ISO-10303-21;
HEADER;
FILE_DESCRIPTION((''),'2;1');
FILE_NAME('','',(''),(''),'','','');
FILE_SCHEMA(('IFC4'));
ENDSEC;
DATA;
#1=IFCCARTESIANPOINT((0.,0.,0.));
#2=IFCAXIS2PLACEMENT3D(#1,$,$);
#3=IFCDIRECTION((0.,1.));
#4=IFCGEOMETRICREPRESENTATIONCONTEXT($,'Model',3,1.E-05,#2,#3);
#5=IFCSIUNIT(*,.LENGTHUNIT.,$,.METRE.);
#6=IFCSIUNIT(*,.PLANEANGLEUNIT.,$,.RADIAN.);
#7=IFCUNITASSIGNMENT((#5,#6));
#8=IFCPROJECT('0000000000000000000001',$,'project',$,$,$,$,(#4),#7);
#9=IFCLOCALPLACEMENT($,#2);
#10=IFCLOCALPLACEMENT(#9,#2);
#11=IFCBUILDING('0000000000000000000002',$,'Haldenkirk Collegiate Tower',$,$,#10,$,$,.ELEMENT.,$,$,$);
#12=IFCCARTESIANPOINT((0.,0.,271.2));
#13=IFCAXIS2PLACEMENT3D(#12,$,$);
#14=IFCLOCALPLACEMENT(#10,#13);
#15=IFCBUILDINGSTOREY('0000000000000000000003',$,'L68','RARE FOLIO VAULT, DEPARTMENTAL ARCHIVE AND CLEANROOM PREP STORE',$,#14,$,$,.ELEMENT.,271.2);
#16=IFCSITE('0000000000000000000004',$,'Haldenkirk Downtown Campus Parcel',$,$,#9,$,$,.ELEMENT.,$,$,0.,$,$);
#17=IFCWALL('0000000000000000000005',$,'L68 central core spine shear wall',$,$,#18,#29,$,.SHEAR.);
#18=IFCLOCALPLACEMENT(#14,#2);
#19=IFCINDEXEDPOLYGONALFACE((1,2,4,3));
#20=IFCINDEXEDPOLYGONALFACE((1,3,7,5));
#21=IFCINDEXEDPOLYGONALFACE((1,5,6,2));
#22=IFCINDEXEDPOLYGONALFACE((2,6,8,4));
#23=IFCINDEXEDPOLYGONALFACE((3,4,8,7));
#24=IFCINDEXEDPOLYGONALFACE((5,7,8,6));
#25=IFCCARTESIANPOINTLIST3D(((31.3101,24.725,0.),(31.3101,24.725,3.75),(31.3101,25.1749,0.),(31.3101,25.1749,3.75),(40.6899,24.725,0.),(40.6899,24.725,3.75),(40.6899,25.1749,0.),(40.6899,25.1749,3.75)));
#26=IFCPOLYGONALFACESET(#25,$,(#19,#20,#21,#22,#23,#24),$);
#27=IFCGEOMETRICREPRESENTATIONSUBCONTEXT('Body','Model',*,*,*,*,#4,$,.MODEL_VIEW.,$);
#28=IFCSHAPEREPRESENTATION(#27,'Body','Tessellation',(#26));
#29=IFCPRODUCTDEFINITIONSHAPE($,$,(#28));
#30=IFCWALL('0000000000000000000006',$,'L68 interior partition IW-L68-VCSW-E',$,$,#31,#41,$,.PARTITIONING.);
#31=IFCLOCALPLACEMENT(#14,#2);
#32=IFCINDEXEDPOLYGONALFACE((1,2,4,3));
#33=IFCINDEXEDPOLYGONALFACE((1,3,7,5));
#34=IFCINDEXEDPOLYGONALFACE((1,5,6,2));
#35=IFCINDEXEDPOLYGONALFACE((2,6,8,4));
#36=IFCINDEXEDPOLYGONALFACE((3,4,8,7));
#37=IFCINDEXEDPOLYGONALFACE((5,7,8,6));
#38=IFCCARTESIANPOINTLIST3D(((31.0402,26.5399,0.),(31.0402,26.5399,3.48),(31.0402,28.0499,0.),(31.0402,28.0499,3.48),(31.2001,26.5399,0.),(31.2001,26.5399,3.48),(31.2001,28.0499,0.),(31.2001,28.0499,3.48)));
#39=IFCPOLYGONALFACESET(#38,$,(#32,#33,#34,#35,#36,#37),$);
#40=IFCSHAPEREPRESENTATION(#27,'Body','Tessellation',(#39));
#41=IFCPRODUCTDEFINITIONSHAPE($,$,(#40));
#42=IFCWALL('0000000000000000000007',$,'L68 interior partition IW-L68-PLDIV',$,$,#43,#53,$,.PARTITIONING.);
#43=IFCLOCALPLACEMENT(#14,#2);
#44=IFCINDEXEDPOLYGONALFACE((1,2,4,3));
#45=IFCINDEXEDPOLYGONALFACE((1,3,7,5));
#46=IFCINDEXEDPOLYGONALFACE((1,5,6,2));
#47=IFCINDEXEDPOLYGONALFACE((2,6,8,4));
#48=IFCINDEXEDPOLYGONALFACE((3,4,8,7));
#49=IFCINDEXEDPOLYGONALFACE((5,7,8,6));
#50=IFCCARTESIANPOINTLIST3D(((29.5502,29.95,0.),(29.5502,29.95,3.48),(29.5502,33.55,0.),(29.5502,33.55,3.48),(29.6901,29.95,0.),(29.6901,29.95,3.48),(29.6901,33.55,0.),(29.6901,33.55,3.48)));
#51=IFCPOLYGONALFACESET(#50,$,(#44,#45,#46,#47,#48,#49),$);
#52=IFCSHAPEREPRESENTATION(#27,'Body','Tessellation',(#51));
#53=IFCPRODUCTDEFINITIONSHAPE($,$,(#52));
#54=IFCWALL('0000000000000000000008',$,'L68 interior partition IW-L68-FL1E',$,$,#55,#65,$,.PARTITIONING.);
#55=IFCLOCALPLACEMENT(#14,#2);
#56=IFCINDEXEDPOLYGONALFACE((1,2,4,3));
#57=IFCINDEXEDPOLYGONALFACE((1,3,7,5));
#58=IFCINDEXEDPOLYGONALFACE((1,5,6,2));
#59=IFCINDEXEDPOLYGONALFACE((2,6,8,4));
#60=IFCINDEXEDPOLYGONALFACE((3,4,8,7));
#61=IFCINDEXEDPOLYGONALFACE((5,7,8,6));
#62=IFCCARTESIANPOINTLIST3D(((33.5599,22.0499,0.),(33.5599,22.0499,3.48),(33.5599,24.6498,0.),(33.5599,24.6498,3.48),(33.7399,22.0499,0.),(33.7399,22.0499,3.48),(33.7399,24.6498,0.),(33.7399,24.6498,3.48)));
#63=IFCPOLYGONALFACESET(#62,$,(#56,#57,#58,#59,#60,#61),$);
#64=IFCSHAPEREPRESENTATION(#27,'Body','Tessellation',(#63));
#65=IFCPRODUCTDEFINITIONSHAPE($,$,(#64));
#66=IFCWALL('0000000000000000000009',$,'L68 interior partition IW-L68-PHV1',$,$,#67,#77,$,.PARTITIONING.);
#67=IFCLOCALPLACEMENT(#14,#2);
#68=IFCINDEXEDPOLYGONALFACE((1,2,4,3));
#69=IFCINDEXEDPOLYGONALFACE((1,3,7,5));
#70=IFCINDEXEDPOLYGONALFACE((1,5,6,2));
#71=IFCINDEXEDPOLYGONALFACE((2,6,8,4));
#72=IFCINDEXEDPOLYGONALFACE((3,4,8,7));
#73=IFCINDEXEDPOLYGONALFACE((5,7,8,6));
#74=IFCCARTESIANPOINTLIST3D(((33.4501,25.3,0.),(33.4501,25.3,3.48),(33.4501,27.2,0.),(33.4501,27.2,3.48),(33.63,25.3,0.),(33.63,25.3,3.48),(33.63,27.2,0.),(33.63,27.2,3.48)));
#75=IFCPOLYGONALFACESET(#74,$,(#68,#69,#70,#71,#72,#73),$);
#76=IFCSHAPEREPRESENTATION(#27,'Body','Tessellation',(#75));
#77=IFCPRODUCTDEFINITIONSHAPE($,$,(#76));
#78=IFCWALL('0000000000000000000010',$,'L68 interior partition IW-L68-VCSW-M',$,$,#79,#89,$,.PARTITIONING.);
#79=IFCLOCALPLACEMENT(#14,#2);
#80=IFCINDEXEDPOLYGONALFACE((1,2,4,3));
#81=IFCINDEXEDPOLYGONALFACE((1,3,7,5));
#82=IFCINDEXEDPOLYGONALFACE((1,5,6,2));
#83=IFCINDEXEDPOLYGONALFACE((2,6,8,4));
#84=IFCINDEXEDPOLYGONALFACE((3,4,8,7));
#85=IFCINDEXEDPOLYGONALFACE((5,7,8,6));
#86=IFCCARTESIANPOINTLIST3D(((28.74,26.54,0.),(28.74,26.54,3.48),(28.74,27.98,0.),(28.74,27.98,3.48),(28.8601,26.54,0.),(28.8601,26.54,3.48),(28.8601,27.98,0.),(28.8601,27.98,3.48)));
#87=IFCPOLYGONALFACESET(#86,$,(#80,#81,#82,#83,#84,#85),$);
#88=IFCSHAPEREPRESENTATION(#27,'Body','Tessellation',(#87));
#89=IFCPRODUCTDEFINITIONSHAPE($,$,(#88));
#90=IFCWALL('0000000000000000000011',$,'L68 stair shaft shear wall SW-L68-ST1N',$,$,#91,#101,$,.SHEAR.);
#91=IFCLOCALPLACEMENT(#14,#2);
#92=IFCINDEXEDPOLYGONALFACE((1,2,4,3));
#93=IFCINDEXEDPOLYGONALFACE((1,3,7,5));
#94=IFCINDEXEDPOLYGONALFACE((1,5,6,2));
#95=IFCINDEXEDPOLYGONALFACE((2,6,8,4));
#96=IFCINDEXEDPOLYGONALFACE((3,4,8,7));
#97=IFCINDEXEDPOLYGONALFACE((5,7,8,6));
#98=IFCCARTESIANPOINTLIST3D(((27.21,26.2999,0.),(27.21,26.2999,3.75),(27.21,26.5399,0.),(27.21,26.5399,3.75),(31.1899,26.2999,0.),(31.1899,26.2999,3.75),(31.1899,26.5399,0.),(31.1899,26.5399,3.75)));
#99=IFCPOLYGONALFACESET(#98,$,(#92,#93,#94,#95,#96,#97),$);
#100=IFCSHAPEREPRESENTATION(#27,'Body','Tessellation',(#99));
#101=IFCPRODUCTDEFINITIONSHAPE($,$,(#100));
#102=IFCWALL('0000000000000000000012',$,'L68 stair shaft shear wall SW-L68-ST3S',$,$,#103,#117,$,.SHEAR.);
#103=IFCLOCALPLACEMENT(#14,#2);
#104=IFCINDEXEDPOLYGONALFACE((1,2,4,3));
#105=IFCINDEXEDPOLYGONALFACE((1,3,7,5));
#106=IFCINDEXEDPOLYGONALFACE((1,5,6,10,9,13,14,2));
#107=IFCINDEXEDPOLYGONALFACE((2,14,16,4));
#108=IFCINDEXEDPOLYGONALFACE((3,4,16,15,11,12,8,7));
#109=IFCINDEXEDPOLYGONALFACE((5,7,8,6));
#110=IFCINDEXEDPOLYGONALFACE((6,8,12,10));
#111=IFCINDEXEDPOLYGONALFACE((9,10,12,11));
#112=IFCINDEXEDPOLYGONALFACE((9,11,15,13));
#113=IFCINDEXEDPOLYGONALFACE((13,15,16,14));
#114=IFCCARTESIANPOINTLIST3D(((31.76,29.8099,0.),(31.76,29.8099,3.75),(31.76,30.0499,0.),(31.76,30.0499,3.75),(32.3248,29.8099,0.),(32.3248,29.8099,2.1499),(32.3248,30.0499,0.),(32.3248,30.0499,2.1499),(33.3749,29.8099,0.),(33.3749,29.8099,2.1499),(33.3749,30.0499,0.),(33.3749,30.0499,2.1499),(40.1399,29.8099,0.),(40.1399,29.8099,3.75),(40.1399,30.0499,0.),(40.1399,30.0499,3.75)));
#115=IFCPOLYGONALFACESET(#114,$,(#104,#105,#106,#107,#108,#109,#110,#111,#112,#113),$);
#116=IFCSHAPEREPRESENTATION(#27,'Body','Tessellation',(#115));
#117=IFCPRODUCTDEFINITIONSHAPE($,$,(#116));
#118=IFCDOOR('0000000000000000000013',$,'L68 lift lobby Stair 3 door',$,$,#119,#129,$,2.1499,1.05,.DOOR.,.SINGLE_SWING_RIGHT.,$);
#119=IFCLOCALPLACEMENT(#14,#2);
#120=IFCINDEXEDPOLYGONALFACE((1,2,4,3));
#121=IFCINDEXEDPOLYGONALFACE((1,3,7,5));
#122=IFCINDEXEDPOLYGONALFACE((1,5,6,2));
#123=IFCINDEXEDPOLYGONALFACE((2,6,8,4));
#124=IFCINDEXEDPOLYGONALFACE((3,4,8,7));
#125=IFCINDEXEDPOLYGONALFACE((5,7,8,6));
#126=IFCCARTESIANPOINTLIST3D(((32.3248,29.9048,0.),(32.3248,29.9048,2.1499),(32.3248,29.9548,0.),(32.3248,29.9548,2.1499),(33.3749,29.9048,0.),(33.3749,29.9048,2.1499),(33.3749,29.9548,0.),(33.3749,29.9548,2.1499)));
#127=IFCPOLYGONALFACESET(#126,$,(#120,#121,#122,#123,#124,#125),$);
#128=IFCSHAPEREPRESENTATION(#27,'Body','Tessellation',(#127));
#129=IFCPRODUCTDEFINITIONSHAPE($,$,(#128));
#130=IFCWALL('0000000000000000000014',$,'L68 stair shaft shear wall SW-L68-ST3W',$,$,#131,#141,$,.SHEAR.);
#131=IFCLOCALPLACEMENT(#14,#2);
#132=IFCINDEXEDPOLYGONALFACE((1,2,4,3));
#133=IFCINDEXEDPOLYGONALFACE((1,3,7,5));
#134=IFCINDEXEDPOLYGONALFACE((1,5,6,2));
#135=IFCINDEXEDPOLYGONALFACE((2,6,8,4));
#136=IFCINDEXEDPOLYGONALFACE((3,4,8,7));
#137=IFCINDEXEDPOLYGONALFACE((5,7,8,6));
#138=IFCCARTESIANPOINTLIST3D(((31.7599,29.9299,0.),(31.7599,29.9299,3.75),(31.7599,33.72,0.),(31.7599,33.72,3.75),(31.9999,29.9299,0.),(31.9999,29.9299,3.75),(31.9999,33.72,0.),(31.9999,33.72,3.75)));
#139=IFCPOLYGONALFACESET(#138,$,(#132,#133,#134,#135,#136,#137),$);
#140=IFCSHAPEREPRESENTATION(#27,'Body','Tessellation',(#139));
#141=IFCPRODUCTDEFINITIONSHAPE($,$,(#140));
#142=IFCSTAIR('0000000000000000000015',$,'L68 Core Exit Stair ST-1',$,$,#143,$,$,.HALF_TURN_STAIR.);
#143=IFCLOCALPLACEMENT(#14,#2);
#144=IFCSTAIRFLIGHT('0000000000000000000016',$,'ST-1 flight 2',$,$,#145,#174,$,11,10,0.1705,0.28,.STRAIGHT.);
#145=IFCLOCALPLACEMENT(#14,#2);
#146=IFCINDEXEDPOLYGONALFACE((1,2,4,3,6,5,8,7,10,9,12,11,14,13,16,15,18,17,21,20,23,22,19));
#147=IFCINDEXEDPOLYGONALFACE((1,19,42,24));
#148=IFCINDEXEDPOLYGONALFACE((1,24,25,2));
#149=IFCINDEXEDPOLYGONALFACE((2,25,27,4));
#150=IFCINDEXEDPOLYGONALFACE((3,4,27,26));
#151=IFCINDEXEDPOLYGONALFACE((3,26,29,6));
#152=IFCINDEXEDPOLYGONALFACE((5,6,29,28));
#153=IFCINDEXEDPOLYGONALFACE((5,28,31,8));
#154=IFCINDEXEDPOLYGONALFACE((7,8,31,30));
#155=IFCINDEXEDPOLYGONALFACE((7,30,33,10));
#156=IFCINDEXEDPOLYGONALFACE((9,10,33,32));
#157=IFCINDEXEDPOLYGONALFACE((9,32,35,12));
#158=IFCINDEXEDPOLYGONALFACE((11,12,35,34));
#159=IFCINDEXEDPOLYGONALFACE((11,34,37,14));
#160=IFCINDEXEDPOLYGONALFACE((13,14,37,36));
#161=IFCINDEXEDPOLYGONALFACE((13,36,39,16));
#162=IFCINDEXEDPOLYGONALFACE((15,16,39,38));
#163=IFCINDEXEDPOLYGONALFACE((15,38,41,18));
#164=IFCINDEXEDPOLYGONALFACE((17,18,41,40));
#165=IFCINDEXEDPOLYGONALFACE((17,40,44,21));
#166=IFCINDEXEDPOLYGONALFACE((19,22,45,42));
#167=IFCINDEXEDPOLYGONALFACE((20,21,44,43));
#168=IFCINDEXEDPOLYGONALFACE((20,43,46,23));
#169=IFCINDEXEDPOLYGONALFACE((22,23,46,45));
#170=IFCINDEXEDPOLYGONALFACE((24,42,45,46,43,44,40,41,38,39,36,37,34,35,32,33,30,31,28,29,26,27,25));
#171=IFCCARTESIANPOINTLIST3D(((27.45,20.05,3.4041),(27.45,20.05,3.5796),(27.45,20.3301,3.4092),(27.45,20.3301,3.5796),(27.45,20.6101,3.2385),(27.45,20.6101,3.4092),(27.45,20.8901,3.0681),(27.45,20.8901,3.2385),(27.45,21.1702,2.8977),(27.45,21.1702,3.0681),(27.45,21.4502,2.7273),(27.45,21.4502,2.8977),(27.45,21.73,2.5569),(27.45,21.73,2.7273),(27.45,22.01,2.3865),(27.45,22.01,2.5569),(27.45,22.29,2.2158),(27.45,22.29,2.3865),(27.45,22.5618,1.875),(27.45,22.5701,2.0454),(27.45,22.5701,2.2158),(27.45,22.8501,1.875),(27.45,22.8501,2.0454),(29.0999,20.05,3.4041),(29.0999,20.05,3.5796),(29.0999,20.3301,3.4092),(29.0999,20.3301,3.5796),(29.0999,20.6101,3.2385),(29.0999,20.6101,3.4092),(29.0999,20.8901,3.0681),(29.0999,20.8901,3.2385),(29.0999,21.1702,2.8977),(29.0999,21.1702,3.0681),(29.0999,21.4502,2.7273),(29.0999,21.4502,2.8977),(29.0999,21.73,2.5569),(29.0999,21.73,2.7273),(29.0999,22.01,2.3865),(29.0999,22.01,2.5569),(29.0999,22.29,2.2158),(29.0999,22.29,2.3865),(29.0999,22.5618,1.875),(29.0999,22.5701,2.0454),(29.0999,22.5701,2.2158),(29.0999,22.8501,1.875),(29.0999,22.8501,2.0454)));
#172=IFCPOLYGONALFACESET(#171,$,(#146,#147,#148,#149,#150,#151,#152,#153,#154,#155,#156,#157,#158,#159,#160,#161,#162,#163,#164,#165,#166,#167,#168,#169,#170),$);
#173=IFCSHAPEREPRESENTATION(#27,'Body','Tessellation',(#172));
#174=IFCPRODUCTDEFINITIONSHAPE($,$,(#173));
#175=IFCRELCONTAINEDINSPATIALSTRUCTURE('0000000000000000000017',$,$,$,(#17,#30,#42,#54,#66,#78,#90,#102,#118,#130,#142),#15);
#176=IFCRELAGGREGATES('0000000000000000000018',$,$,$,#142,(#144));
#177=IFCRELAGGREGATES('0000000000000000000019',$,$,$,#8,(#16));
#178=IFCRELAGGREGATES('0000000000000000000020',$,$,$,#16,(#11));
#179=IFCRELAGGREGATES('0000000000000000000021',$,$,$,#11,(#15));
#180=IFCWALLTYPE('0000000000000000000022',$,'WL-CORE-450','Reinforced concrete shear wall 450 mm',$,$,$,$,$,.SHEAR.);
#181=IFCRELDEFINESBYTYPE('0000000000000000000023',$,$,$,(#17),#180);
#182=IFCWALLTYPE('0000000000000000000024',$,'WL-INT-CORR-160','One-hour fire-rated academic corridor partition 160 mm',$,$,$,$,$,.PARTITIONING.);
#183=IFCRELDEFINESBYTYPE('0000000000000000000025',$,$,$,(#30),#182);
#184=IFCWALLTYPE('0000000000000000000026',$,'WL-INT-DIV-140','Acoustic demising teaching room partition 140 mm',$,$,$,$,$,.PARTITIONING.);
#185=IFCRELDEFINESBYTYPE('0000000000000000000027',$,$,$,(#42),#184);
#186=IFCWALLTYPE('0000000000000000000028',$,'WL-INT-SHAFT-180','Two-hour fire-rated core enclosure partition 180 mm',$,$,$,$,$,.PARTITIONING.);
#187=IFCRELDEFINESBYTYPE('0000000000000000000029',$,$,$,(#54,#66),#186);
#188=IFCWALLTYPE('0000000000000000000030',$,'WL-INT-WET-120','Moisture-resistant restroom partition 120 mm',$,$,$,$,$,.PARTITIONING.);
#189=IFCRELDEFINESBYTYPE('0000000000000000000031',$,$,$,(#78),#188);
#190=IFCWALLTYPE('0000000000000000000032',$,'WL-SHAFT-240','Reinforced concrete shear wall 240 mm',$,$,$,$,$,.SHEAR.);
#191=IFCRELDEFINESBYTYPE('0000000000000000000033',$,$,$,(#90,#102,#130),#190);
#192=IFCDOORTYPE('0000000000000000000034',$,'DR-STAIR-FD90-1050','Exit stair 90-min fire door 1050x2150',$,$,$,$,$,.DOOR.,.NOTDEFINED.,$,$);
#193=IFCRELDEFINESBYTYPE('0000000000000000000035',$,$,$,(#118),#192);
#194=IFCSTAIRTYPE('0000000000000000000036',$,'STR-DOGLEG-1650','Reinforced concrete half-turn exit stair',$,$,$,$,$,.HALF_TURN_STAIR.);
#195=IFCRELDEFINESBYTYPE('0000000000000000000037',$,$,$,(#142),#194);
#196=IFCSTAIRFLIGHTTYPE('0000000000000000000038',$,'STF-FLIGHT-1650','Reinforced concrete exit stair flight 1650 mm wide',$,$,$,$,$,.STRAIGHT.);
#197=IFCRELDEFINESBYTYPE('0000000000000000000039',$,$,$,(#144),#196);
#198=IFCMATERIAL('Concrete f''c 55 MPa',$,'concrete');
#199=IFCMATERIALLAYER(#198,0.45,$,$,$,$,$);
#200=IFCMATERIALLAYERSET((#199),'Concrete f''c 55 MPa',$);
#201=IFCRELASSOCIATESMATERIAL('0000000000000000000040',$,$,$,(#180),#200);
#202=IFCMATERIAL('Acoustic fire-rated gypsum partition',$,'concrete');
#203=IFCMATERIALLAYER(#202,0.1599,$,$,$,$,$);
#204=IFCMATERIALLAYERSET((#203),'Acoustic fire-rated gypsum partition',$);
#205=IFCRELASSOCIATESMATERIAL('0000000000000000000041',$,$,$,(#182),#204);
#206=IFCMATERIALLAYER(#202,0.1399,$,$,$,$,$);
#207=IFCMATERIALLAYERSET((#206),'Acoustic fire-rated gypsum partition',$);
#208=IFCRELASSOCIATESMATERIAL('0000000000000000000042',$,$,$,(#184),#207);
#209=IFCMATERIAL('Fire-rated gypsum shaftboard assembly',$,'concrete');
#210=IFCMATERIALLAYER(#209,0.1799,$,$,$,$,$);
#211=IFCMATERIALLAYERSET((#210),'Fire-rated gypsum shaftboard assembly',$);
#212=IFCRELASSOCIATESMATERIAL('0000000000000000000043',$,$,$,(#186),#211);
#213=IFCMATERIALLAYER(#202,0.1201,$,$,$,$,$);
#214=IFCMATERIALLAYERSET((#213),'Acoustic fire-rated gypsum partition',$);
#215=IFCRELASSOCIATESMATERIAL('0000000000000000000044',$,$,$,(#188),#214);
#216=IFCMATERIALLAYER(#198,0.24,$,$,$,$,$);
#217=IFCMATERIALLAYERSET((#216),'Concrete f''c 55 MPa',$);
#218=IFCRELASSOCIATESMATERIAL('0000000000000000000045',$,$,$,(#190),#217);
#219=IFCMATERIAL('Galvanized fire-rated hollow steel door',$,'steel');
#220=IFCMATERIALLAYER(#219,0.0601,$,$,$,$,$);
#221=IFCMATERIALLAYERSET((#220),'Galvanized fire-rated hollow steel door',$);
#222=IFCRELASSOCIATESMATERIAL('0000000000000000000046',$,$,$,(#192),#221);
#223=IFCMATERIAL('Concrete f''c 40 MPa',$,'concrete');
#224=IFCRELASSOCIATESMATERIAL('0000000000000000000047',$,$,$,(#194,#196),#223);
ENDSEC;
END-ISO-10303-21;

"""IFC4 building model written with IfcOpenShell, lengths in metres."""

from ifc_helpers import new_model, si_unit, direction, frame, frame_2d, origin, place, context, subcontext, project, spatial, polyline, rectangle, outline, extrude, material, layer, layer_set, type_object, element, fill, aggregate, save


model = new_model("IFC4")

# Units and contexts
model_context = context("Model", 3, precision=1e-05, world=origin(), true_north=direction((0.0, 1.0)))
body_context = subcontext(model_context, "Body", "Model", "MODEL_VIEW")
ifc_project = project(units=[si_unit("LENGTHUNIT", "METRE"), si_unit("PLANEANGLEUNIT", "RADIAN")], contexts=[model_context])

# Site, building, storey
site_placement = place(None, origin())
site = spatial("IfcSite", under=ifc_project, at=site_placement, Name="Haldenkirk Downtown Campus Parcel", CompositionType="ELEMENT", RefElevation=0.0)
building_placement = place(site_placement, origin())
building = spatial("IfcBuilding", under=site, at=building_placement, Name="Haldenkirk Collegiate Tower", CompositionType="ELEMENT")
storey_placement = place(building_placement, frame((0.0, 0.0, 271.2)))
storey = spatial("IfcBuildingStorey", under=building, at=storey_placement, Name="L68", Description="RARE FOLIO VAULT, DEPARTMENTAL ARCHIVE AND CLEANROOM PREP STORE", CompositionType="ELEMENT", Elevation=271.2)

# Wall
ifc_material_1 = material(Name="Concrete f'c 55 MPa", Category="concrete")
ifc_layer_1 = layer(ifc_material_1, 0.45)
ifc_layer_set_1 = layer_set([ifc_layer_1], Name="Concrete f'c 55 MPa")
wall_type_1 = type_object("IfcWallType", Name="WL-CORE-450", Description="Reinforced concrete shear wall 450 mm", PredefinedType="SHEAR", material=ifc_layer_set_1)
wall_1_placement = place(storey_placement, frame((31.3101, 24.95, 0.0), z_axis=(0.0, 0.0, 1.0), x_axis=(1.0, 0.0, 0.0)))
element("IfcWall", 1, at=wall_1_placement, inside=storey, type_object=wall_type_1, Name="L68 central core spine shear wall", PredefinedType="SHEAR", context=body_context, shape_type="SweptSolid", body=[
    extrude(rectangle(XDim=9.3799, YDim=0.45, at=frame_2d((4.6899, 0.0))), origin(), (0.0, 0.0, 1.0), 3.75),
])

# Shared definitions
ifc_material_2 = material(Name="Acoustic fire-rated gypsum partition", Category="concrete")
ifc_layer_2 = layer(ifc_material_2, 0.1599)
ifc_layer_set_2 = layer_set([ifc_layer_2], Name="Acoustic fire-rated gypsum partition")
wall_type_2 = type_object("IfcWallType", Name="WL-INT-CORR-160", Description="One-hour fire-rated academic corridor partition 160 mm", PredefinedType="PARTITIONING", material=ifc_layer_set_2)

# Wall
wall_2_placement = place(storey_placement, frame((31.1201, 26.54, 0.0), z_axis=(0.0, 0.0, 1.0), x_axis=(0.0, 1.0, 0.0)))
element("IfcWall", 2, at=wall_2_placement, inside=storey, type_object=wall_type_2, Name="L68 interior partition IW-L68-VCSW-E", PredefinedType="PARTITIONING", context=body_context, shape_type="SweptSolid", body=[
    extrude(rectangle(XDim=1.51, YDim=0.1599, at=frame_2d((0.7549, 0.0))), origin(), (0.0, 0.0, 1.0), 3.48),
])

# Walls
ifc_layer_3 = layer(ifc_material_2, 0.1399)
ifc_layer_set_3 = layer_set([ifc_layer_3], Name="Acoustic fire-rated gypsum partition")
wall_type_3 = type_object("IfcWallType", Name="WL-INT-DIV-140", Description="Acoustic demising teaching room partition 140 mm", PredefinedType="PARTITIONING", material=ifc_layer_set_3)
wall_3_placement = place(storey_placement, frame((29.6201, 29.95, 0.0), z_axis=(0.0, 0.0, 1.0), x_axis=(0.0, 1.0, 0.0)))
element("IfcWall", 3, at=wall_3_placement, inside=storey, type_object=wall_type_3, Name="L68 interior partition IW-L68-PLDIV", PredefinedType="PARTITIONING", context=body_context, shape_type="SweptSolid", body=[
    extrude(rectangle(XDim=3.6001, YDim=0.1399, at=frame_2d((1.8, 0.0))), origin(), (0.0, 0.0, 1.0), 3.48),
])
ifc_material_3 = material(Name="Fire-rated gypsum shaftboard assembly", Category="concrete")
ifc_layer_4 = layer(ifc_material_3, 0.1799)
ifc_layer_set_4 = layer_set([ifc_layer_4], Name="Fire-rated gypsum shaftboard assembly")
wall_type_4 = type_object("IfcWallType", Name="WL-INT-SHAFT-180", Description="Two-hour fire-rated core enclosure partition 180 mm", PredefinedType="PARTITIONING", material=ifc_layer_set_4)
wall_4_placement = place(storey_placement, frame((33.6499, 22.05, 0.0), z_axis=(0.0, 0.0, 1.0), x_axis=(0.0, 1.0, 0.0)))
element("IfcWall", 4, at=wall_4_placement, inside=storey, type_object=wall_type_4, Name="L68 interior partition IW-L68-FL1E", PredefinedType="PARTITIONING", context=body_context, shape_type="SweptSolid", body=[
    extrude(rectangle(XDim=2.5999, YDim=0.1799, at=frame_2d((1.2998, 0.0))), origin(), (0.0, 0.0, 1.0), 3.48),
])

# Wall
wall_5_placement = place(storey_placement, frame((33.54, 25.3, 0.0), z_axis=(0.0, 0.0, 1.0), x_axis=(0.0, 1.0, 0.0)))
element("IfcWall", 5, at=wall_5_placement, inside=storey, type_object=wall_type_4, Name="L68 interior partition IW-L68-PHV1", PredefinedType="PARTITIONING", context=body_context, shape_type="SweptSolid", body=[
    extrude(rectangle(XDim=1.8999, YDim=0.1799, at=frame_2d((0.95, 0.0))), origin(), (0.0, 0.0, 1.0), 3.48),
])

# Shared definitions
ifc_material_4 = material(Name="Galvanized fire-rated hollow steel door", Category="steel")

# Walls
ifc_layer_5 = layer(ifc_material_2, 0.1201)
ifc_layer_set_5 = layer_set([ifc_layer_5], Name="Acoustic fire-rated gypsum partition")
wall_type_5 = type_object("IfcWallType", Name="WL-INT-WET-120", Description="Moisture-resistant restroom partition 120 mm", PredefinedType="PARTITIONING", material=ifc_layer_set_5)
wall_6_placement = place(storey_placement, frame((28.8, 26.54, 0.0), z_axis=(0.0, 0.0, 1.0), x_axis=(0.0, 1.0, 0.0)))
element("IfcWall", 6, at=wall_6_placement, inside=storey, type_object=wall_type_5, Name="L68 interior partition IW-L68-VCSW-M", PredefinedType="PARTITIONING", context=body_context, shape_type="SweptSolid", body=[
    extrude(rectangle(XDim=1.4399, YDim=0.1201, at=frame_2d((0.72, 0.0))), origin(), (0.0, 0.0, 1.0), 3.48),
])
ifc_layer_6 = layer(ifc_material_1, 0.24)
ifc_layer_set_6 = layer_set([ifc_layer_6], Name="Concrete f'c 55 MPa")
wall_type_6 = type_object("IfcWallType", Name="WL-SHAFT-240", Description="Reinforced concrete shear wall 240 mm", PredefinedType="SHEAR", material=ifc_layer_set_6)
wall_7_placement = place(storey_placement, frame((27.21, 26.4199, 0.0), z_axis=(0.0, 0.0, 1.0), x_axis=(1.0, 0.0, 0.0)))
element("IfcWall", 7, at=wall_7_placement, inside=storey, type_object=wall_type_6, Name="L68 stair shaft shear wall SW-L68-ST1N", PredefinedType="SHEAR", context=body_context, shape_type="SweptSolid", body=[
    extrude(rectangle(XDim=3.98, YDim=0.24, at=frame_2d((1.99, 0.0))), origin(), (0.0, 0.0, 1.0), 3.75),
])

# Wall, opening, door
wall_8_placement = place(storey_placement, frame((31.76, 29.9299, 0.0), z_axis=(0.0, 0.0, 1.0), x_axis=(1.0, 0.0, 0.0)))
wall_8 = element("IfcWall", 8, at=wall_8_placement, inside=storey, type_object=wall_type_6, Name="L68 stair shaft shear wall SW-L68-ST3S", PredefinedType="SHEAR", context=body_context, shape_type="SweptSolid", body=[
    extrude(rectangle(XDim=8.3799, YDim=0.24, at=frame_2d((4.1899, 0.0))), origin(), (0.0, 0.0, 1.0), 3.75),
])
opening_1_placement = place(wall_8_placement, frame((0.5649, 0.0, 0.0)))
opening_1 = element("IfcOpeningElement", 9, at=opening_1_placement, cuts=wall_8, PredefinedType="OPENING", context=body_context, shape_type="SweptSolid", body=[
    extrude(rectangle(XDim=1.05, YDim=2.1499, at=frame_2d((0.5249, 1.075))), frame((0.0, 0.1299, 0.0), z_axis=(0.0, -1.0, 0.0), x_axis=(1.0, 0.0, 0.0)), (0.0, 0.0, 1.0), 0.26),
])
ifc_layer_7 = layer(ifc_material_4, 0.0601)
ifc_layer_set_7 = layer_set([ifc_layer_7], Name="Galvanized fire-rated hollow steel door")
door_type_1 = type_object("IfcDoorType", Name="DR-STAIR-FD90-1050", Description="Exit stair 90-min fire door 1050x2150", OperationType="NOTDEFINED", PredefinedType="DOOR", material=ifc_layer_set_7)
door_1_placement = place(opening_1_placement, origin())
door_1 = element("IfcDoor", 10, at=door_1_placement, inside=storey, type_object=door_type_1, Name="L68 lift lobby Stair 3 door", OperationType="SINGLE_SWING_RIGHT", OverallHeight=2.1499, OverallWidth=1.05, PredefinedType="DOOR", context=body_context, shape_type="SweptSolid", body=[
    extrude(rectangle(XDim=1.05, YDim=2.1499, at=frame_2d((0.5249, 1.075))), frame((0.0, 0.0249, 0.0), z_axis=(0.0, -1.0, 0.0), x_axis=(1.0, 0.0, 0.0)), (0.0, 0.0, 1.0), 0.05),
])
fill(opening_1, door_1)

# Wall
wall_9_placement = place(storey_placement, frame((31.8799, 29.9299, 0.0), z_axis=(0.0, 0.0, 1.0), x_axis=(0.0, 1.0, 0.0)))
element("IfcWall", 11, at=wall_9_placement, inside=storey, type_object=wall_type_6, Name="L68 stair shaft shear wall SW-L68-ST3W", PredefinedType="SHEAR", context=body_context, shape_type="SweptSolid", body=[
    extrude(rectangle(XDim=3.79, YDim=0.24, at=frame_2d((1.895, 0.0))), origin(), (0.0, 0.0, 1.0), 3.75),
])

# Stair, stair flight
ifc_material_5 = material(Name="Concrete f'c 40 MPa", Category="concrete")
stair_type = type_object("IfcStairType", Name="STR-DOGLEG-1650", Description="Reinforced concrete half-turn exit stair", PredefinedType="HALF_TURN_STAIR", material=ifc_material_5)
stair_placement = place(storey_placement, origin())
stair = element("IfcStair", 12, at=stair_placement, inside=storey, type_object=stair_type, Name="L68 Core Exit Stair ST-1", PredefinedType="HALF_TURN_STAIR")
stair_flight_type = type_object("IfcStairFlightType", Name="STF-FLIGHT-1650", Description="Reinforced concrete exit stair flight 1650 mm wide", PredefinedType="STRAIGHT", material=ifc_material_5)
stair_flight_placement = place(storey_placement, frame((28.2749, 22.8501, 1.875), z_axis=(0.0, 0.0, 1.0), x_axis=(0.0, -1.0, 0.0)))
stair_flight = element("IfcStairFlight", 13, at=stair_flight_placement, type_object=stair_flight_type, Name="ST-1 flight 2", NumberOfRisers=11, NumberOfTreads=10, PredefinedType="STRAIGHT", RiserHeight=0.1705, TreadLength=0.28, context=body_context, shape_type="SweptSolid", body=[
    extrude(outline(polyline([(0.0, 0.0), (0.0, 0.1704), (0.28, 0.1704), (0.28, 0.3408), (0.5601, 0.3408), (0.5601, 0.5115), (0.8401, 0.5115), (0.8401, 0.6819), (1.1201, 0.6819), (1.1201, 0.8523), (1.3999, 0.8523), (1.3999, 1.0227), (1.6799, 1.0227), (1.6799, 1.1931), (1.96, 1.1931), (1.96, 1.3635), (2.24, 1.3635), (2.24, 1.5342), (2.52, 1.5342), (2.52, 1.7046), (2.8, 1.7046), (2.8, 1.875), (2.8, 1.5291), (0.2883, 0.0), (0.0, 0.0)])), frame((0.0, 0.825, 0.0), z_axis=(0.0, -1.0, 0.0), x_axis=(1.0, 0.0, 0.0)), (0.0, 0.0, 1.0), 1.6499),
])
aggregate(stair, [stair_flight])

save(model, "model.ifc")
